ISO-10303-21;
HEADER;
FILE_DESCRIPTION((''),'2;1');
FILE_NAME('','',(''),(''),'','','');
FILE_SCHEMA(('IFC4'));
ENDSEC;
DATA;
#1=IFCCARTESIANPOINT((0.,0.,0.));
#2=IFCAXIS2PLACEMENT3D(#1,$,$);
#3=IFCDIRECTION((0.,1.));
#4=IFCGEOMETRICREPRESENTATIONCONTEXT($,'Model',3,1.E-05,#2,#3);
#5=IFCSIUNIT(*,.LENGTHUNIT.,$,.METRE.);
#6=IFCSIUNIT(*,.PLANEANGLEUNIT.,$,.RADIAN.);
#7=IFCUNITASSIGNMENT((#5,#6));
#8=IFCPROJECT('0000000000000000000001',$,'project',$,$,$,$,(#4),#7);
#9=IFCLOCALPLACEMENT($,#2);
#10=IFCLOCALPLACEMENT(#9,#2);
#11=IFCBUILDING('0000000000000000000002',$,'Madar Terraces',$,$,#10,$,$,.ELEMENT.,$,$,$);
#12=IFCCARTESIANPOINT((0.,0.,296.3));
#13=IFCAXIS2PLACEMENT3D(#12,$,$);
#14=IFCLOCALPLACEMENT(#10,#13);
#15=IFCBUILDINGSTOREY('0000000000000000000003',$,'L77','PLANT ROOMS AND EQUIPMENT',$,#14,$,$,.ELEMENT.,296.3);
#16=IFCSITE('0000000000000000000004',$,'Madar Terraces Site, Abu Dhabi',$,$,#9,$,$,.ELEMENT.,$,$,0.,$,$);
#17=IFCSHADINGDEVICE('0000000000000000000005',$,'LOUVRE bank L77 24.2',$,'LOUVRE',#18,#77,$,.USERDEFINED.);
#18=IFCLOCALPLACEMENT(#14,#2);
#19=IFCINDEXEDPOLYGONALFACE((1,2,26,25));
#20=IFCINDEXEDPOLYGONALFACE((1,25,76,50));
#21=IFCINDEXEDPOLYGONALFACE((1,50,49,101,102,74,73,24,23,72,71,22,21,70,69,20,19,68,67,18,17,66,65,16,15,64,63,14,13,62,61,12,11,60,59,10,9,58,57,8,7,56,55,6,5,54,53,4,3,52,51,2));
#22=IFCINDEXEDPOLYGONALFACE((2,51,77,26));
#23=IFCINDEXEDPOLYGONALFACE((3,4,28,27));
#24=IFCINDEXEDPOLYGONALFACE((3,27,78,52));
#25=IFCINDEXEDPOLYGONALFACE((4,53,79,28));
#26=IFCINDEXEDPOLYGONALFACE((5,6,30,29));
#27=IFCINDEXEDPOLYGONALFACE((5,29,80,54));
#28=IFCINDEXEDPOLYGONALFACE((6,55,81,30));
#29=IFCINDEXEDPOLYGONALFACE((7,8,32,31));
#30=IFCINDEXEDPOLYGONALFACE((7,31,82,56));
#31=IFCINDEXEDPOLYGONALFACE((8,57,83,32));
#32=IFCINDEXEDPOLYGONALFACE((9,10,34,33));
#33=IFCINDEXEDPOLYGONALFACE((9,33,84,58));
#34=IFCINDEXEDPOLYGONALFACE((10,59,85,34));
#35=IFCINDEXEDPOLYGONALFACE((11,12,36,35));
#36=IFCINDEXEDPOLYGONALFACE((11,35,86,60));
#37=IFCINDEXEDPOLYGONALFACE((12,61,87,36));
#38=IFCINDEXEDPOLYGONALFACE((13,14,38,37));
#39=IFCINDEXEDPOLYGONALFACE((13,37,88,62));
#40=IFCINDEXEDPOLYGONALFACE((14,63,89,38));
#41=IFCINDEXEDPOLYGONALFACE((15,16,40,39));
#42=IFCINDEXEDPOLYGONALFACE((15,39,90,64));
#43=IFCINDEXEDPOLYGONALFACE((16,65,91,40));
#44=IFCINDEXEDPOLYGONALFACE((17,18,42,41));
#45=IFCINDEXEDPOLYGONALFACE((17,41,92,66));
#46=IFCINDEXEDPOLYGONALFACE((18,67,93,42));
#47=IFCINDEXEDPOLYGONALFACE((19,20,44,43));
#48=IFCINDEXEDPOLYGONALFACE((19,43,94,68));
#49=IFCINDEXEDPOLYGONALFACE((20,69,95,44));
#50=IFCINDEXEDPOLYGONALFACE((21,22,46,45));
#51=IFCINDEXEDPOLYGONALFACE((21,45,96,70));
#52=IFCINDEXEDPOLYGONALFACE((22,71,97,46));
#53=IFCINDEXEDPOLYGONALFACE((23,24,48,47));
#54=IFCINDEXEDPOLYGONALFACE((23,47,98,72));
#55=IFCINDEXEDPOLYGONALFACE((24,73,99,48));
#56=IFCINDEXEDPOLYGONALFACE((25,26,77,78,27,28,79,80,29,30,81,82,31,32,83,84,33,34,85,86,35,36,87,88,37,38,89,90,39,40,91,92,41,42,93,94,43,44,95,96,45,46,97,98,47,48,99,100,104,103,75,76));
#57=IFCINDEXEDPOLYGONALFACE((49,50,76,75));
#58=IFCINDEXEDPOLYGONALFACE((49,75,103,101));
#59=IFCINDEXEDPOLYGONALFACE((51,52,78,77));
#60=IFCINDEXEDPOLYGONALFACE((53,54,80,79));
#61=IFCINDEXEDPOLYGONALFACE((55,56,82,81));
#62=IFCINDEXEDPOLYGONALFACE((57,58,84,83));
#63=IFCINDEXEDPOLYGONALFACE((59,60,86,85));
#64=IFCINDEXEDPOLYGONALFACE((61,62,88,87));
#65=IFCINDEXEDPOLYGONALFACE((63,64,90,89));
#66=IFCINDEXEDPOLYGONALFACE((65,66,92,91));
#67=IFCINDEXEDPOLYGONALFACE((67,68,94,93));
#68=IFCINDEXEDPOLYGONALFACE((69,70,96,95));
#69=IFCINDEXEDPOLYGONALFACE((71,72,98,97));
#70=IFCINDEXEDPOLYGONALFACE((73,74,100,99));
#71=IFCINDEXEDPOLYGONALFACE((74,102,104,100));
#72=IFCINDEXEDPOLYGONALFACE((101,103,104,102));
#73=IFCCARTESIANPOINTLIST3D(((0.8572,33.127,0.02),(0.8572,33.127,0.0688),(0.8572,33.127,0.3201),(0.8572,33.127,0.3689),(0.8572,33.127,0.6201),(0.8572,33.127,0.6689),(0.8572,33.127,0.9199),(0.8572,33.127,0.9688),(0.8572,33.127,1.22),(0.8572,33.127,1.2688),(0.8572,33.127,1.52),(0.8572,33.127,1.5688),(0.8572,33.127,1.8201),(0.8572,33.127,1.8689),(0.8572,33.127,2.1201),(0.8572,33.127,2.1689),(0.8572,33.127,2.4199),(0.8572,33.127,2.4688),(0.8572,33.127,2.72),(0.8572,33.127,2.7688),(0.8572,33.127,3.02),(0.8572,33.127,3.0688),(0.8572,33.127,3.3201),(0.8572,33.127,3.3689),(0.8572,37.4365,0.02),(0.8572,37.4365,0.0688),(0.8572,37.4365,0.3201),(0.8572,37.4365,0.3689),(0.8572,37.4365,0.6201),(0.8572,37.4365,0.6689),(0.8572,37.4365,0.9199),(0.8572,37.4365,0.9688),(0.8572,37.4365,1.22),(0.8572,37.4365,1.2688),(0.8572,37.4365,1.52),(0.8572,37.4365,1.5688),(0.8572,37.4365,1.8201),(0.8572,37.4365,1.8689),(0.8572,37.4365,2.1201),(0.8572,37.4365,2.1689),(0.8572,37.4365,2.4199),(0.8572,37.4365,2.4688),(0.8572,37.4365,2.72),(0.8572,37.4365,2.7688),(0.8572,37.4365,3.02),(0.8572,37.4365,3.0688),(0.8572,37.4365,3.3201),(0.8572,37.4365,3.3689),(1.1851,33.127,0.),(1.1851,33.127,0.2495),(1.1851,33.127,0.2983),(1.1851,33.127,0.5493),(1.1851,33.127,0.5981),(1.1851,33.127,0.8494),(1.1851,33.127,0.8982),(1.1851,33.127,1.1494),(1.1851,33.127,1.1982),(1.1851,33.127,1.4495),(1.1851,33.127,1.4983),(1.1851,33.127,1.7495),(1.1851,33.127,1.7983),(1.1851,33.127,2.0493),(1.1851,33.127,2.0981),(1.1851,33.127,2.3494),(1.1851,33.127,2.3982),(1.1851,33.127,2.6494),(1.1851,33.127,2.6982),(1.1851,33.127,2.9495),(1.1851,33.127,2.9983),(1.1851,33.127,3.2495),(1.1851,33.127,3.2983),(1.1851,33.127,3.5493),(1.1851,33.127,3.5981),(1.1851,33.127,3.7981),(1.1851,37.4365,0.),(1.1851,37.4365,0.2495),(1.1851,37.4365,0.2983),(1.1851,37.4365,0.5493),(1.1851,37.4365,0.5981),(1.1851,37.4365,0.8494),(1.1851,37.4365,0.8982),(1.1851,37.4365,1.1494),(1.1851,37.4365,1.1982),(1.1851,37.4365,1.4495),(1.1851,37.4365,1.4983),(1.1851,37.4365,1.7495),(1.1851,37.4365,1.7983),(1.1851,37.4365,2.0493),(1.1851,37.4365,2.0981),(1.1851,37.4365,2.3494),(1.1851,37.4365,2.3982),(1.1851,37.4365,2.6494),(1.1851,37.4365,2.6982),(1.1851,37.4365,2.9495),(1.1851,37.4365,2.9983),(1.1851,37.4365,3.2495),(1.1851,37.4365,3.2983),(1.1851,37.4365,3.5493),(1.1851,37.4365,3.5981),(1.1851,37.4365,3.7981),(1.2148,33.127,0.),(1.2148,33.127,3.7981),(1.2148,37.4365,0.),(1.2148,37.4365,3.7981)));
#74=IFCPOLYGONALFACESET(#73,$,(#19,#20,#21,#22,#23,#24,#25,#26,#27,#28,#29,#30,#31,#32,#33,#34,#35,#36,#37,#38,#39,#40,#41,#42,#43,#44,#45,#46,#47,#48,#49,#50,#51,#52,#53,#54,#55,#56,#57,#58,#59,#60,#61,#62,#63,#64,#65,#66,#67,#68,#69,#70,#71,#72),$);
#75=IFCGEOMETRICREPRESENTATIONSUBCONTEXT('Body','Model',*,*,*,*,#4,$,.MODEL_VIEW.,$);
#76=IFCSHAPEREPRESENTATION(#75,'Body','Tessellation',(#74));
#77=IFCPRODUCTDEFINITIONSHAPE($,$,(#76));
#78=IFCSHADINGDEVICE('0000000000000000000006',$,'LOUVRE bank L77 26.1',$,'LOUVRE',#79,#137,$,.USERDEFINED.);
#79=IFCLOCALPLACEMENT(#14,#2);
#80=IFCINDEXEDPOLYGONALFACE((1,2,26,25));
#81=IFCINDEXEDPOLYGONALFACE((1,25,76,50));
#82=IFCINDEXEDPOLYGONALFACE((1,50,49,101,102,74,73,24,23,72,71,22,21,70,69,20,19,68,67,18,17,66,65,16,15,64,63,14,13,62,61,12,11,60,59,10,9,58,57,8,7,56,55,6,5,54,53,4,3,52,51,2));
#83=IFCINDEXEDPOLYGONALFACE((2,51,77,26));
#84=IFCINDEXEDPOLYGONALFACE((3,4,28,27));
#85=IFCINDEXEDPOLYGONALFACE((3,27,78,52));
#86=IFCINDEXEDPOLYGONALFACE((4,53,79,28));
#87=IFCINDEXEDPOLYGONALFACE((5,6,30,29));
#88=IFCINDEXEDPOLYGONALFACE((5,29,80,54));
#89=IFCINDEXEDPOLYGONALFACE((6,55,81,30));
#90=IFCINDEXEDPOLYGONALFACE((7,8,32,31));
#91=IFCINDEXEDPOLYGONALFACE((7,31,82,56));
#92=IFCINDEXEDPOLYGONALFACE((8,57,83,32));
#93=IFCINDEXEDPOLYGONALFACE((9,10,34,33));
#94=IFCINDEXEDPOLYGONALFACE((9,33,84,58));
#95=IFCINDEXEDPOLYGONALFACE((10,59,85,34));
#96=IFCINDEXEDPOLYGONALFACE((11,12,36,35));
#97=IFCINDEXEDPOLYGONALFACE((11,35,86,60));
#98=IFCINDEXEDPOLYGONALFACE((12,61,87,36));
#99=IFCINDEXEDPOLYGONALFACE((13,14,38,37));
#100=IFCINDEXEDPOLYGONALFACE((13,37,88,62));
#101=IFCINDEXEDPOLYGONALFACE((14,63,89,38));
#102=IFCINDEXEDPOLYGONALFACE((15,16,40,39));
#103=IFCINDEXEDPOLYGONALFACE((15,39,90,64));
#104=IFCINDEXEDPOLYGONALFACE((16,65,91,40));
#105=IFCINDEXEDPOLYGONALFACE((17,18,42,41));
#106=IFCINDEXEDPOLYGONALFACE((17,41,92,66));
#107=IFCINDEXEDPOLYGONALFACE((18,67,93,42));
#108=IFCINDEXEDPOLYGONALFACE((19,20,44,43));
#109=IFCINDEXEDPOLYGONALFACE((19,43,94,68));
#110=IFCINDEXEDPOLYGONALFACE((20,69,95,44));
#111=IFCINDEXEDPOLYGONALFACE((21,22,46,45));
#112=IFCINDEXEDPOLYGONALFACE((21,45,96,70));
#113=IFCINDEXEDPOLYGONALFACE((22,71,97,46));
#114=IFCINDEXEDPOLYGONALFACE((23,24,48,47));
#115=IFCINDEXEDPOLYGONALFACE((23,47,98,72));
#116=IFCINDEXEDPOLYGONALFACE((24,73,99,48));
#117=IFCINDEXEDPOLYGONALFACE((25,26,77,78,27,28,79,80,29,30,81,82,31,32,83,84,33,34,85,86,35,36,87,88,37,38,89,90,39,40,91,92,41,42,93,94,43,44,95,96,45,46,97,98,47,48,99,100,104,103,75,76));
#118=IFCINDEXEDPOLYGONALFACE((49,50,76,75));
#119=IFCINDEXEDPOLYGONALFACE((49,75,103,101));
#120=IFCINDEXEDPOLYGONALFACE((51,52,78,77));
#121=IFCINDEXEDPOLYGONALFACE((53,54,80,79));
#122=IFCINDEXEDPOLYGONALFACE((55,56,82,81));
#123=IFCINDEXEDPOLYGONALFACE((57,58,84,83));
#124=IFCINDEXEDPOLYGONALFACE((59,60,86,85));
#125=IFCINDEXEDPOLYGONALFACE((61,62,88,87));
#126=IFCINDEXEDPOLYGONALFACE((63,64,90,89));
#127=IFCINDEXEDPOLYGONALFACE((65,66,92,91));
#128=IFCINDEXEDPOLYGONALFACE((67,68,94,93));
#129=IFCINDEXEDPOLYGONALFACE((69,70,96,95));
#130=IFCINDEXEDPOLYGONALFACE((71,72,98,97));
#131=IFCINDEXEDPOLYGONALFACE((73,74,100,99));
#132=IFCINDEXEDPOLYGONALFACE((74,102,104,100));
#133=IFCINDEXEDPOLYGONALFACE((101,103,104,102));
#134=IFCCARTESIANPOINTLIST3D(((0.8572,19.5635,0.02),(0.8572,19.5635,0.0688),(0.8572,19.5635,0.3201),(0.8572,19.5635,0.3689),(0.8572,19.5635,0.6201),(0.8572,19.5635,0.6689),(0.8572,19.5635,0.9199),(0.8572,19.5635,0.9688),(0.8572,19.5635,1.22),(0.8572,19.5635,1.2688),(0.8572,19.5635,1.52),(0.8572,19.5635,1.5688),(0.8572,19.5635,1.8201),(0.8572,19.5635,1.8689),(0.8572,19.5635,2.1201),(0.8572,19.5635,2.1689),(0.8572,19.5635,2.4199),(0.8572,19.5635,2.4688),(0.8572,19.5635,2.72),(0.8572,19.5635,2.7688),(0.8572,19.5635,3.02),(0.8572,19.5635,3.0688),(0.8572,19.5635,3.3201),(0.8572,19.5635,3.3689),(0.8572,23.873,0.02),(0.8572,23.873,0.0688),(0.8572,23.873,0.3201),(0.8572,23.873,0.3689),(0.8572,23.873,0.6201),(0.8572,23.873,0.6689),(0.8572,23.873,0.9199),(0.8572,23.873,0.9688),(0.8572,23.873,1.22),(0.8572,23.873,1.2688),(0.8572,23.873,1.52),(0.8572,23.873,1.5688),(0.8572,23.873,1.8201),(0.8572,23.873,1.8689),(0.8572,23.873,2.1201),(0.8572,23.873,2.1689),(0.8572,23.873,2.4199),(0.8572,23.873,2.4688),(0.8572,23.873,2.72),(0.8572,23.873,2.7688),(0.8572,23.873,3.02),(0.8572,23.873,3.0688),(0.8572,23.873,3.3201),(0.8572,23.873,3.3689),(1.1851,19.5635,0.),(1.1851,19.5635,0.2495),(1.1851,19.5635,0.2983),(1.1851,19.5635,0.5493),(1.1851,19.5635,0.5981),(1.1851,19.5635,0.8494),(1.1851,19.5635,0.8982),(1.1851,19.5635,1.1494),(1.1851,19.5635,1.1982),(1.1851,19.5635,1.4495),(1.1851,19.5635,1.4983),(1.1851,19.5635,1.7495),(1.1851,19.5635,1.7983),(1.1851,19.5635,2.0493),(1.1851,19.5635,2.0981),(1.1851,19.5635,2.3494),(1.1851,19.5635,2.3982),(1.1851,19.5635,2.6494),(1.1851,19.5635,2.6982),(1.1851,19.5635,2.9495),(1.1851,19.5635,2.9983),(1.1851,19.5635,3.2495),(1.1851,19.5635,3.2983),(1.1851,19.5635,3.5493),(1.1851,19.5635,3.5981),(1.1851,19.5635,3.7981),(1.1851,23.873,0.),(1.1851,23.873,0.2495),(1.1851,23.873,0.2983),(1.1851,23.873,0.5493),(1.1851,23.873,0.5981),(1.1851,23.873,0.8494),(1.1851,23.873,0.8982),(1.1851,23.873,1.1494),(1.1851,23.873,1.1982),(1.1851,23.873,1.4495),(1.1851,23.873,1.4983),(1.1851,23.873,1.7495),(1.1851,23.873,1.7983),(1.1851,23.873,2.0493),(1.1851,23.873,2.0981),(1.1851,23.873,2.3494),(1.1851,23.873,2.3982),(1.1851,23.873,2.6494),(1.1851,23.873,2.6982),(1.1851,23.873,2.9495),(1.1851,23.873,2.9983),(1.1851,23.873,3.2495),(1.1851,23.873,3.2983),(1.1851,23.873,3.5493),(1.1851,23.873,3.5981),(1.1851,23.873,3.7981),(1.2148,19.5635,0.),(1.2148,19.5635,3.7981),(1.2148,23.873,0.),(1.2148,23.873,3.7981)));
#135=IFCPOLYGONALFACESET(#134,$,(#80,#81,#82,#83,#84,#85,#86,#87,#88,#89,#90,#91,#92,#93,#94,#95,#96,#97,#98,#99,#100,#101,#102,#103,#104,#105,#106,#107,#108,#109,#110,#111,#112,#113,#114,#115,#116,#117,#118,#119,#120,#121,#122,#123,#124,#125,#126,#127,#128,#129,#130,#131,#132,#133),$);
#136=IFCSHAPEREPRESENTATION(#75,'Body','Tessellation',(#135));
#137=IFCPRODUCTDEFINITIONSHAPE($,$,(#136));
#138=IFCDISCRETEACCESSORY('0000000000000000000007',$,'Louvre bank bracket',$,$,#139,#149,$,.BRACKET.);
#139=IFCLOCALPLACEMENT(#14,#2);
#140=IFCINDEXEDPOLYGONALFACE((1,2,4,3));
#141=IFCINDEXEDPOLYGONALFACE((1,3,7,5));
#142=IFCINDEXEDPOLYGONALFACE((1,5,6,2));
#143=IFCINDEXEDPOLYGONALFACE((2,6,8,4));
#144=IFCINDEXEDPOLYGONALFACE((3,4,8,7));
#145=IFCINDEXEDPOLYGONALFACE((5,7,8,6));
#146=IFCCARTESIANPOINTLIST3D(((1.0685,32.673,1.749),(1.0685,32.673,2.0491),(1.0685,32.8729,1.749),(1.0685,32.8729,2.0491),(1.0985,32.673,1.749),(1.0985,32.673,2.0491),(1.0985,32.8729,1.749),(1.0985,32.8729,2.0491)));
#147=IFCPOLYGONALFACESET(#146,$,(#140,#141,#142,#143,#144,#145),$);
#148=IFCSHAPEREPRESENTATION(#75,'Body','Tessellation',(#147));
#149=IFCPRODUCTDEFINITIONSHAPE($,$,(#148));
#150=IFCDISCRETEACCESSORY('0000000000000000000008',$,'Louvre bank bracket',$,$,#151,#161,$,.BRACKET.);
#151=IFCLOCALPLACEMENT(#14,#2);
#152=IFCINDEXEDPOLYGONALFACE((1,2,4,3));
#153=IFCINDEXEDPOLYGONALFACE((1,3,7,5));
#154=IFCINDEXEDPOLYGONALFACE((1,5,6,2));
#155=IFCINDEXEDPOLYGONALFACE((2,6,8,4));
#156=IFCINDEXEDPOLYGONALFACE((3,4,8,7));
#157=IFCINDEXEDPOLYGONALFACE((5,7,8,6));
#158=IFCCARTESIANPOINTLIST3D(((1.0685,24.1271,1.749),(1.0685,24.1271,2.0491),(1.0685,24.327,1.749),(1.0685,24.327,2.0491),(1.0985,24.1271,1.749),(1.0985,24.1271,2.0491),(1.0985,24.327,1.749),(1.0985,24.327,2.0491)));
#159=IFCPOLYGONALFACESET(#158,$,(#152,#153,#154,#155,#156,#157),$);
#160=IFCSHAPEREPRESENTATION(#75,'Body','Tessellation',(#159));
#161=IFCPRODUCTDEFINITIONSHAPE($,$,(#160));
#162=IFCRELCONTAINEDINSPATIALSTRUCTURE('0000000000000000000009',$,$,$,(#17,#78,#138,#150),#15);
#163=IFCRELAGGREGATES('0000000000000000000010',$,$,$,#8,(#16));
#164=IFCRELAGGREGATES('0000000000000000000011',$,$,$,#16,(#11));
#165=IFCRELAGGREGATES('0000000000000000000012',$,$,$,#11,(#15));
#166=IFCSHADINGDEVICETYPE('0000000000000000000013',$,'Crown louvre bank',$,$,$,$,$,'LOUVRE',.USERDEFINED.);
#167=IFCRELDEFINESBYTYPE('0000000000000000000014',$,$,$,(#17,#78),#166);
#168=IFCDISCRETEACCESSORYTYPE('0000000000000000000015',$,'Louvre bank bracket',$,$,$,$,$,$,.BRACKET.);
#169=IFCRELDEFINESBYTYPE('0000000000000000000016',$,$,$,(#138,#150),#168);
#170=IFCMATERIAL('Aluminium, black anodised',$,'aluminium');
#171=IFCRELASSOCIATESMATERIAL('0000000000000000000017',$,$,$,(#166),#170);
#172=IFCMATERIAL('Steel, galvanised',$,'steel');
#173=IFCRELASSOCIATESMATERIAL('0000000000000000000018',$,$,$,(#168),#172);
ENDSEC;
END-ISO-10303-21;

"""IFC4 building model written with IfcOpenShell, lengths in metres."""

from ifc_helpers import new_model, si_unit, direction, frame, origin, origin_2d, place, context, subcontext, project, spatial, polyline, rectangle, outline, extrude, material, type_object, element, save


model = new_model("IFC4")

# Units and contexts
model_context = context("Model", 3, precision=1e-05, world=origin(), true_north=direction((0.0, 1.0)))
body_context = subcontext(model_context, "Body", "Model", "MODEL_VIEW")
ifc_project = project(units=[si_unit("LENGTHUNIT", "METRE"), si_unit("PLANEANGLEUNIT", "RADIAN")], contexts=[model_context])

# Site, building, storey
site_placement = place(None, origin())
site = spatial("IfcSite", under=ifc_project, at=site_placement, Name="Madar Terraces Site, Abu Dhabi", CompositionType="ELEMENT", RefElevation=0.0)
building_placement = place(site_placement, origin())
building = spatial("IfcBuilding", under=site, at=building_placement, Name="Madar Terraces", CompositionType="ELEMENT")
storey_placement = place(building_placement, frame((0.0, 0.0, 296.3)))
storey = spatial("IfcBuildingStorey", under=building, at=storey_placement, Name="L77", Description="PLANT ROOMS AND EQUIPMENT", CompositionType="ELEMENT", Elevation=296.3)

# Shading devices
ifc_material_1 = material(Name="Aluminium, black anodised", Category="aluminium")
shading_device_type = type_object("IfcShadingDeviceType", Name="Crown louvre bank", ElementType="LOUVRE", PredefinedType="USERDEFINED", material=ifc_material_1)
shading_device_1_placement = place(storey_placement, frame((1.2, 37.4365, 0.0), z_axis=(0.0, -1.0, 0.0), x_axis=(1.0, 0.0, 0.0)))
element("IfcShadingDevice", 1, at=shading_device_1_placement, inside=storey, type_object=shading_device_type, Name="LOUVRE bank L77 24.2", ObjectType="LOUVRE", PredefinedType="USERDEFINED", context=body_context, shape_type="SweptSolid", body=[
    extrude(outline(polyline([(0.0149, 0.0), (-0.0149, 0.0), (-0.0149, 0.2495), (-0.3428, 0.02), (-0.3428, 0.0688), (-0.0149, 0.2983), (-0.0149, 0.5493), (-0.3428, 0.3201), (-0.3428, 0.3689), (-0.0149, 0.5981), (-0.0149, 0.8494), (-0.3428, 0.6201), (-0.3428, 0.6689), (-0.0149, 0.8982), (-0.0149, 1.1494), (-0.3428, 0.9199), (-0.3428, 0.9688), (-0.0149, 1.1982), (-0.0149, 1.4495), (-0.3428, 1.22), (-0.3428, 1.2688), (-0.0149, 1.4983), (-0.0149, 1.7495), (-0.3428, 1.52), (-0.3428, 1.5688), (-0.0149, 1.7983), (-0.0149, 2.0493), (-0.3428, 1.8201), (-0.3428, 1.8689), (-0.0149, 2.0981), (-0.0149, 2.3494), (-0.3428, 2.1201), (-0.3428, 2.1689), (-0.0149, 2.3982), (-0.0149, 2.6494), (-0.3428, 2.4199), (-0.3428, 2.4688), (-0.0149, 2.6982), (-0.0149, 2.9495), (-0.3428, 2.72), (-0.3428, 2.7688), (-0.0149, 2.9983), (-0.0149, 3.2495), (-0.3428, 3.02), (-0.3428, 3.0688), (-0.0149, 3.2983), (-0.0149, 3.5493), (-0.3428, 3.3201), (-0.3428, 3.3689), (-0.0149, 3.5981), (-0.0149, 3.7981), (0.0149, 3.7981), (0.0149, 0.0)])), origin(), (0.0, 0.0, 1.0), 4.3096),
])
shading_device_2_placement = place(storey_placement, frame((1.2, 23.873, 0.0), z_axis=(0.0, -1.0, 0.0), x_axis=(1.0, 0.0, 0.0)))
element("IfcShadingDevice", 2, at=shading_device_2_placement, inside=storey, type_object=shading_device_type, Name="LOUVRE bank L77 26.1", ObjectType="LOUVRE", PredefinedType="USERDEFINED", context=body_context, shape_type="SweptSolid", body=[
    extrude(outline(polyline([(0.0149, 0.0), (-0.0149, 0.0), (-0.0149, 0.2495), (-0.3428, 0.02), (-0.3428, 0.0688), (-0.0149, 0.2983), (-0.0149, 0.5493), (-0.3428, 0.3201), (-0.3428, 0.3689), (-0.0149, 0.5981), (-0.0149, 0.8494), (-0.3428, 0.6201), (-0.3428, 0.6689), (-0.0149, 0.8982), (-0.0149, 1.1494), (-0.3428, 0.9199), (-0.3428, 0.9688), (-0.0149, 1.1982), (-0.0149, 1.4495), (-0.3428, 1.22), (-0.3428, 1.2688), (-0.0149, 1.4983), (-0.0149, 1.7495), (-0.3428, 1.52), (-0.3428, 1.5688), (-0.0149, 1.7983), (-0.0149, 2.0493), (-0.3428, 1.8201), (-0.3428, 1.8689), (-0.0149, 2.0981), (-0.0149, 2.3494), (-0.3428, 2.1201), (-0.3428, 2.1689), (-0.0149, 2.3982), (-0.0149, 2.6494), (-0.3428, 2.4199), (-0.3428, 2.4688), (-0.0149, 2.6982), (-0.0149, 2.9495), (-0.3428, 2.72), (-0.3428, 2.7688), (-0.0149, 2.9983), (-0.0149, 3.2495), (-0.3428, 3.02), (-0.3428, 3.0688), (-0.0149, 3.2983), (-0.0149, 3.5493), (-0.3428, 3.3201), (-0.3428, 3.3689), (-0.0149, 3.5981), (-0.0149, 3.7981), (0.0149, 3.7981), (0.0149, 0.0)])), origin(), (0.0, 0.0, 1.0), 4.3096),
])

# Discrete accessories
ifc_material_2 = material(Name="Steel, galvanised", Category="steel")
discrete_accessory_type = type_object("IfcDiscreteAccessoryType", Name="Louvre bank bracket", PredefinedType="BRACKET", material=ifc_material_2)
for number, where, z_axis, x_axis, name in (
    (3, (1.0835, 32.7729, 1.749), (0.0, 0.0, 1.0), (0.0, -1.0, 0.0), "Louvre bank bracket"),
    (4, (1.0835, 24.2271, 1.749), (0.0, 0.0, 1.0), (0.0, -1.0, 0.0), "Louvre bank bracket"),
):
    element("IfcDiscreteAccessory", number, at=place(storey_placement, frame(where, z_axis=z_axis, x_axis=x_axis)), inside=storey, type_object=discrete_accessory_type, Name=name, PredefinedType="BRACKET", context=body_context, shape_type="SweptSolid", body=[
        extrude(rectangle(XDim=0.2, YDim=0.03, at=origin_2d()), origin(), (0.0, 0.0, 1.0), 0.3),
    ])

save(model, "model.ifc")
